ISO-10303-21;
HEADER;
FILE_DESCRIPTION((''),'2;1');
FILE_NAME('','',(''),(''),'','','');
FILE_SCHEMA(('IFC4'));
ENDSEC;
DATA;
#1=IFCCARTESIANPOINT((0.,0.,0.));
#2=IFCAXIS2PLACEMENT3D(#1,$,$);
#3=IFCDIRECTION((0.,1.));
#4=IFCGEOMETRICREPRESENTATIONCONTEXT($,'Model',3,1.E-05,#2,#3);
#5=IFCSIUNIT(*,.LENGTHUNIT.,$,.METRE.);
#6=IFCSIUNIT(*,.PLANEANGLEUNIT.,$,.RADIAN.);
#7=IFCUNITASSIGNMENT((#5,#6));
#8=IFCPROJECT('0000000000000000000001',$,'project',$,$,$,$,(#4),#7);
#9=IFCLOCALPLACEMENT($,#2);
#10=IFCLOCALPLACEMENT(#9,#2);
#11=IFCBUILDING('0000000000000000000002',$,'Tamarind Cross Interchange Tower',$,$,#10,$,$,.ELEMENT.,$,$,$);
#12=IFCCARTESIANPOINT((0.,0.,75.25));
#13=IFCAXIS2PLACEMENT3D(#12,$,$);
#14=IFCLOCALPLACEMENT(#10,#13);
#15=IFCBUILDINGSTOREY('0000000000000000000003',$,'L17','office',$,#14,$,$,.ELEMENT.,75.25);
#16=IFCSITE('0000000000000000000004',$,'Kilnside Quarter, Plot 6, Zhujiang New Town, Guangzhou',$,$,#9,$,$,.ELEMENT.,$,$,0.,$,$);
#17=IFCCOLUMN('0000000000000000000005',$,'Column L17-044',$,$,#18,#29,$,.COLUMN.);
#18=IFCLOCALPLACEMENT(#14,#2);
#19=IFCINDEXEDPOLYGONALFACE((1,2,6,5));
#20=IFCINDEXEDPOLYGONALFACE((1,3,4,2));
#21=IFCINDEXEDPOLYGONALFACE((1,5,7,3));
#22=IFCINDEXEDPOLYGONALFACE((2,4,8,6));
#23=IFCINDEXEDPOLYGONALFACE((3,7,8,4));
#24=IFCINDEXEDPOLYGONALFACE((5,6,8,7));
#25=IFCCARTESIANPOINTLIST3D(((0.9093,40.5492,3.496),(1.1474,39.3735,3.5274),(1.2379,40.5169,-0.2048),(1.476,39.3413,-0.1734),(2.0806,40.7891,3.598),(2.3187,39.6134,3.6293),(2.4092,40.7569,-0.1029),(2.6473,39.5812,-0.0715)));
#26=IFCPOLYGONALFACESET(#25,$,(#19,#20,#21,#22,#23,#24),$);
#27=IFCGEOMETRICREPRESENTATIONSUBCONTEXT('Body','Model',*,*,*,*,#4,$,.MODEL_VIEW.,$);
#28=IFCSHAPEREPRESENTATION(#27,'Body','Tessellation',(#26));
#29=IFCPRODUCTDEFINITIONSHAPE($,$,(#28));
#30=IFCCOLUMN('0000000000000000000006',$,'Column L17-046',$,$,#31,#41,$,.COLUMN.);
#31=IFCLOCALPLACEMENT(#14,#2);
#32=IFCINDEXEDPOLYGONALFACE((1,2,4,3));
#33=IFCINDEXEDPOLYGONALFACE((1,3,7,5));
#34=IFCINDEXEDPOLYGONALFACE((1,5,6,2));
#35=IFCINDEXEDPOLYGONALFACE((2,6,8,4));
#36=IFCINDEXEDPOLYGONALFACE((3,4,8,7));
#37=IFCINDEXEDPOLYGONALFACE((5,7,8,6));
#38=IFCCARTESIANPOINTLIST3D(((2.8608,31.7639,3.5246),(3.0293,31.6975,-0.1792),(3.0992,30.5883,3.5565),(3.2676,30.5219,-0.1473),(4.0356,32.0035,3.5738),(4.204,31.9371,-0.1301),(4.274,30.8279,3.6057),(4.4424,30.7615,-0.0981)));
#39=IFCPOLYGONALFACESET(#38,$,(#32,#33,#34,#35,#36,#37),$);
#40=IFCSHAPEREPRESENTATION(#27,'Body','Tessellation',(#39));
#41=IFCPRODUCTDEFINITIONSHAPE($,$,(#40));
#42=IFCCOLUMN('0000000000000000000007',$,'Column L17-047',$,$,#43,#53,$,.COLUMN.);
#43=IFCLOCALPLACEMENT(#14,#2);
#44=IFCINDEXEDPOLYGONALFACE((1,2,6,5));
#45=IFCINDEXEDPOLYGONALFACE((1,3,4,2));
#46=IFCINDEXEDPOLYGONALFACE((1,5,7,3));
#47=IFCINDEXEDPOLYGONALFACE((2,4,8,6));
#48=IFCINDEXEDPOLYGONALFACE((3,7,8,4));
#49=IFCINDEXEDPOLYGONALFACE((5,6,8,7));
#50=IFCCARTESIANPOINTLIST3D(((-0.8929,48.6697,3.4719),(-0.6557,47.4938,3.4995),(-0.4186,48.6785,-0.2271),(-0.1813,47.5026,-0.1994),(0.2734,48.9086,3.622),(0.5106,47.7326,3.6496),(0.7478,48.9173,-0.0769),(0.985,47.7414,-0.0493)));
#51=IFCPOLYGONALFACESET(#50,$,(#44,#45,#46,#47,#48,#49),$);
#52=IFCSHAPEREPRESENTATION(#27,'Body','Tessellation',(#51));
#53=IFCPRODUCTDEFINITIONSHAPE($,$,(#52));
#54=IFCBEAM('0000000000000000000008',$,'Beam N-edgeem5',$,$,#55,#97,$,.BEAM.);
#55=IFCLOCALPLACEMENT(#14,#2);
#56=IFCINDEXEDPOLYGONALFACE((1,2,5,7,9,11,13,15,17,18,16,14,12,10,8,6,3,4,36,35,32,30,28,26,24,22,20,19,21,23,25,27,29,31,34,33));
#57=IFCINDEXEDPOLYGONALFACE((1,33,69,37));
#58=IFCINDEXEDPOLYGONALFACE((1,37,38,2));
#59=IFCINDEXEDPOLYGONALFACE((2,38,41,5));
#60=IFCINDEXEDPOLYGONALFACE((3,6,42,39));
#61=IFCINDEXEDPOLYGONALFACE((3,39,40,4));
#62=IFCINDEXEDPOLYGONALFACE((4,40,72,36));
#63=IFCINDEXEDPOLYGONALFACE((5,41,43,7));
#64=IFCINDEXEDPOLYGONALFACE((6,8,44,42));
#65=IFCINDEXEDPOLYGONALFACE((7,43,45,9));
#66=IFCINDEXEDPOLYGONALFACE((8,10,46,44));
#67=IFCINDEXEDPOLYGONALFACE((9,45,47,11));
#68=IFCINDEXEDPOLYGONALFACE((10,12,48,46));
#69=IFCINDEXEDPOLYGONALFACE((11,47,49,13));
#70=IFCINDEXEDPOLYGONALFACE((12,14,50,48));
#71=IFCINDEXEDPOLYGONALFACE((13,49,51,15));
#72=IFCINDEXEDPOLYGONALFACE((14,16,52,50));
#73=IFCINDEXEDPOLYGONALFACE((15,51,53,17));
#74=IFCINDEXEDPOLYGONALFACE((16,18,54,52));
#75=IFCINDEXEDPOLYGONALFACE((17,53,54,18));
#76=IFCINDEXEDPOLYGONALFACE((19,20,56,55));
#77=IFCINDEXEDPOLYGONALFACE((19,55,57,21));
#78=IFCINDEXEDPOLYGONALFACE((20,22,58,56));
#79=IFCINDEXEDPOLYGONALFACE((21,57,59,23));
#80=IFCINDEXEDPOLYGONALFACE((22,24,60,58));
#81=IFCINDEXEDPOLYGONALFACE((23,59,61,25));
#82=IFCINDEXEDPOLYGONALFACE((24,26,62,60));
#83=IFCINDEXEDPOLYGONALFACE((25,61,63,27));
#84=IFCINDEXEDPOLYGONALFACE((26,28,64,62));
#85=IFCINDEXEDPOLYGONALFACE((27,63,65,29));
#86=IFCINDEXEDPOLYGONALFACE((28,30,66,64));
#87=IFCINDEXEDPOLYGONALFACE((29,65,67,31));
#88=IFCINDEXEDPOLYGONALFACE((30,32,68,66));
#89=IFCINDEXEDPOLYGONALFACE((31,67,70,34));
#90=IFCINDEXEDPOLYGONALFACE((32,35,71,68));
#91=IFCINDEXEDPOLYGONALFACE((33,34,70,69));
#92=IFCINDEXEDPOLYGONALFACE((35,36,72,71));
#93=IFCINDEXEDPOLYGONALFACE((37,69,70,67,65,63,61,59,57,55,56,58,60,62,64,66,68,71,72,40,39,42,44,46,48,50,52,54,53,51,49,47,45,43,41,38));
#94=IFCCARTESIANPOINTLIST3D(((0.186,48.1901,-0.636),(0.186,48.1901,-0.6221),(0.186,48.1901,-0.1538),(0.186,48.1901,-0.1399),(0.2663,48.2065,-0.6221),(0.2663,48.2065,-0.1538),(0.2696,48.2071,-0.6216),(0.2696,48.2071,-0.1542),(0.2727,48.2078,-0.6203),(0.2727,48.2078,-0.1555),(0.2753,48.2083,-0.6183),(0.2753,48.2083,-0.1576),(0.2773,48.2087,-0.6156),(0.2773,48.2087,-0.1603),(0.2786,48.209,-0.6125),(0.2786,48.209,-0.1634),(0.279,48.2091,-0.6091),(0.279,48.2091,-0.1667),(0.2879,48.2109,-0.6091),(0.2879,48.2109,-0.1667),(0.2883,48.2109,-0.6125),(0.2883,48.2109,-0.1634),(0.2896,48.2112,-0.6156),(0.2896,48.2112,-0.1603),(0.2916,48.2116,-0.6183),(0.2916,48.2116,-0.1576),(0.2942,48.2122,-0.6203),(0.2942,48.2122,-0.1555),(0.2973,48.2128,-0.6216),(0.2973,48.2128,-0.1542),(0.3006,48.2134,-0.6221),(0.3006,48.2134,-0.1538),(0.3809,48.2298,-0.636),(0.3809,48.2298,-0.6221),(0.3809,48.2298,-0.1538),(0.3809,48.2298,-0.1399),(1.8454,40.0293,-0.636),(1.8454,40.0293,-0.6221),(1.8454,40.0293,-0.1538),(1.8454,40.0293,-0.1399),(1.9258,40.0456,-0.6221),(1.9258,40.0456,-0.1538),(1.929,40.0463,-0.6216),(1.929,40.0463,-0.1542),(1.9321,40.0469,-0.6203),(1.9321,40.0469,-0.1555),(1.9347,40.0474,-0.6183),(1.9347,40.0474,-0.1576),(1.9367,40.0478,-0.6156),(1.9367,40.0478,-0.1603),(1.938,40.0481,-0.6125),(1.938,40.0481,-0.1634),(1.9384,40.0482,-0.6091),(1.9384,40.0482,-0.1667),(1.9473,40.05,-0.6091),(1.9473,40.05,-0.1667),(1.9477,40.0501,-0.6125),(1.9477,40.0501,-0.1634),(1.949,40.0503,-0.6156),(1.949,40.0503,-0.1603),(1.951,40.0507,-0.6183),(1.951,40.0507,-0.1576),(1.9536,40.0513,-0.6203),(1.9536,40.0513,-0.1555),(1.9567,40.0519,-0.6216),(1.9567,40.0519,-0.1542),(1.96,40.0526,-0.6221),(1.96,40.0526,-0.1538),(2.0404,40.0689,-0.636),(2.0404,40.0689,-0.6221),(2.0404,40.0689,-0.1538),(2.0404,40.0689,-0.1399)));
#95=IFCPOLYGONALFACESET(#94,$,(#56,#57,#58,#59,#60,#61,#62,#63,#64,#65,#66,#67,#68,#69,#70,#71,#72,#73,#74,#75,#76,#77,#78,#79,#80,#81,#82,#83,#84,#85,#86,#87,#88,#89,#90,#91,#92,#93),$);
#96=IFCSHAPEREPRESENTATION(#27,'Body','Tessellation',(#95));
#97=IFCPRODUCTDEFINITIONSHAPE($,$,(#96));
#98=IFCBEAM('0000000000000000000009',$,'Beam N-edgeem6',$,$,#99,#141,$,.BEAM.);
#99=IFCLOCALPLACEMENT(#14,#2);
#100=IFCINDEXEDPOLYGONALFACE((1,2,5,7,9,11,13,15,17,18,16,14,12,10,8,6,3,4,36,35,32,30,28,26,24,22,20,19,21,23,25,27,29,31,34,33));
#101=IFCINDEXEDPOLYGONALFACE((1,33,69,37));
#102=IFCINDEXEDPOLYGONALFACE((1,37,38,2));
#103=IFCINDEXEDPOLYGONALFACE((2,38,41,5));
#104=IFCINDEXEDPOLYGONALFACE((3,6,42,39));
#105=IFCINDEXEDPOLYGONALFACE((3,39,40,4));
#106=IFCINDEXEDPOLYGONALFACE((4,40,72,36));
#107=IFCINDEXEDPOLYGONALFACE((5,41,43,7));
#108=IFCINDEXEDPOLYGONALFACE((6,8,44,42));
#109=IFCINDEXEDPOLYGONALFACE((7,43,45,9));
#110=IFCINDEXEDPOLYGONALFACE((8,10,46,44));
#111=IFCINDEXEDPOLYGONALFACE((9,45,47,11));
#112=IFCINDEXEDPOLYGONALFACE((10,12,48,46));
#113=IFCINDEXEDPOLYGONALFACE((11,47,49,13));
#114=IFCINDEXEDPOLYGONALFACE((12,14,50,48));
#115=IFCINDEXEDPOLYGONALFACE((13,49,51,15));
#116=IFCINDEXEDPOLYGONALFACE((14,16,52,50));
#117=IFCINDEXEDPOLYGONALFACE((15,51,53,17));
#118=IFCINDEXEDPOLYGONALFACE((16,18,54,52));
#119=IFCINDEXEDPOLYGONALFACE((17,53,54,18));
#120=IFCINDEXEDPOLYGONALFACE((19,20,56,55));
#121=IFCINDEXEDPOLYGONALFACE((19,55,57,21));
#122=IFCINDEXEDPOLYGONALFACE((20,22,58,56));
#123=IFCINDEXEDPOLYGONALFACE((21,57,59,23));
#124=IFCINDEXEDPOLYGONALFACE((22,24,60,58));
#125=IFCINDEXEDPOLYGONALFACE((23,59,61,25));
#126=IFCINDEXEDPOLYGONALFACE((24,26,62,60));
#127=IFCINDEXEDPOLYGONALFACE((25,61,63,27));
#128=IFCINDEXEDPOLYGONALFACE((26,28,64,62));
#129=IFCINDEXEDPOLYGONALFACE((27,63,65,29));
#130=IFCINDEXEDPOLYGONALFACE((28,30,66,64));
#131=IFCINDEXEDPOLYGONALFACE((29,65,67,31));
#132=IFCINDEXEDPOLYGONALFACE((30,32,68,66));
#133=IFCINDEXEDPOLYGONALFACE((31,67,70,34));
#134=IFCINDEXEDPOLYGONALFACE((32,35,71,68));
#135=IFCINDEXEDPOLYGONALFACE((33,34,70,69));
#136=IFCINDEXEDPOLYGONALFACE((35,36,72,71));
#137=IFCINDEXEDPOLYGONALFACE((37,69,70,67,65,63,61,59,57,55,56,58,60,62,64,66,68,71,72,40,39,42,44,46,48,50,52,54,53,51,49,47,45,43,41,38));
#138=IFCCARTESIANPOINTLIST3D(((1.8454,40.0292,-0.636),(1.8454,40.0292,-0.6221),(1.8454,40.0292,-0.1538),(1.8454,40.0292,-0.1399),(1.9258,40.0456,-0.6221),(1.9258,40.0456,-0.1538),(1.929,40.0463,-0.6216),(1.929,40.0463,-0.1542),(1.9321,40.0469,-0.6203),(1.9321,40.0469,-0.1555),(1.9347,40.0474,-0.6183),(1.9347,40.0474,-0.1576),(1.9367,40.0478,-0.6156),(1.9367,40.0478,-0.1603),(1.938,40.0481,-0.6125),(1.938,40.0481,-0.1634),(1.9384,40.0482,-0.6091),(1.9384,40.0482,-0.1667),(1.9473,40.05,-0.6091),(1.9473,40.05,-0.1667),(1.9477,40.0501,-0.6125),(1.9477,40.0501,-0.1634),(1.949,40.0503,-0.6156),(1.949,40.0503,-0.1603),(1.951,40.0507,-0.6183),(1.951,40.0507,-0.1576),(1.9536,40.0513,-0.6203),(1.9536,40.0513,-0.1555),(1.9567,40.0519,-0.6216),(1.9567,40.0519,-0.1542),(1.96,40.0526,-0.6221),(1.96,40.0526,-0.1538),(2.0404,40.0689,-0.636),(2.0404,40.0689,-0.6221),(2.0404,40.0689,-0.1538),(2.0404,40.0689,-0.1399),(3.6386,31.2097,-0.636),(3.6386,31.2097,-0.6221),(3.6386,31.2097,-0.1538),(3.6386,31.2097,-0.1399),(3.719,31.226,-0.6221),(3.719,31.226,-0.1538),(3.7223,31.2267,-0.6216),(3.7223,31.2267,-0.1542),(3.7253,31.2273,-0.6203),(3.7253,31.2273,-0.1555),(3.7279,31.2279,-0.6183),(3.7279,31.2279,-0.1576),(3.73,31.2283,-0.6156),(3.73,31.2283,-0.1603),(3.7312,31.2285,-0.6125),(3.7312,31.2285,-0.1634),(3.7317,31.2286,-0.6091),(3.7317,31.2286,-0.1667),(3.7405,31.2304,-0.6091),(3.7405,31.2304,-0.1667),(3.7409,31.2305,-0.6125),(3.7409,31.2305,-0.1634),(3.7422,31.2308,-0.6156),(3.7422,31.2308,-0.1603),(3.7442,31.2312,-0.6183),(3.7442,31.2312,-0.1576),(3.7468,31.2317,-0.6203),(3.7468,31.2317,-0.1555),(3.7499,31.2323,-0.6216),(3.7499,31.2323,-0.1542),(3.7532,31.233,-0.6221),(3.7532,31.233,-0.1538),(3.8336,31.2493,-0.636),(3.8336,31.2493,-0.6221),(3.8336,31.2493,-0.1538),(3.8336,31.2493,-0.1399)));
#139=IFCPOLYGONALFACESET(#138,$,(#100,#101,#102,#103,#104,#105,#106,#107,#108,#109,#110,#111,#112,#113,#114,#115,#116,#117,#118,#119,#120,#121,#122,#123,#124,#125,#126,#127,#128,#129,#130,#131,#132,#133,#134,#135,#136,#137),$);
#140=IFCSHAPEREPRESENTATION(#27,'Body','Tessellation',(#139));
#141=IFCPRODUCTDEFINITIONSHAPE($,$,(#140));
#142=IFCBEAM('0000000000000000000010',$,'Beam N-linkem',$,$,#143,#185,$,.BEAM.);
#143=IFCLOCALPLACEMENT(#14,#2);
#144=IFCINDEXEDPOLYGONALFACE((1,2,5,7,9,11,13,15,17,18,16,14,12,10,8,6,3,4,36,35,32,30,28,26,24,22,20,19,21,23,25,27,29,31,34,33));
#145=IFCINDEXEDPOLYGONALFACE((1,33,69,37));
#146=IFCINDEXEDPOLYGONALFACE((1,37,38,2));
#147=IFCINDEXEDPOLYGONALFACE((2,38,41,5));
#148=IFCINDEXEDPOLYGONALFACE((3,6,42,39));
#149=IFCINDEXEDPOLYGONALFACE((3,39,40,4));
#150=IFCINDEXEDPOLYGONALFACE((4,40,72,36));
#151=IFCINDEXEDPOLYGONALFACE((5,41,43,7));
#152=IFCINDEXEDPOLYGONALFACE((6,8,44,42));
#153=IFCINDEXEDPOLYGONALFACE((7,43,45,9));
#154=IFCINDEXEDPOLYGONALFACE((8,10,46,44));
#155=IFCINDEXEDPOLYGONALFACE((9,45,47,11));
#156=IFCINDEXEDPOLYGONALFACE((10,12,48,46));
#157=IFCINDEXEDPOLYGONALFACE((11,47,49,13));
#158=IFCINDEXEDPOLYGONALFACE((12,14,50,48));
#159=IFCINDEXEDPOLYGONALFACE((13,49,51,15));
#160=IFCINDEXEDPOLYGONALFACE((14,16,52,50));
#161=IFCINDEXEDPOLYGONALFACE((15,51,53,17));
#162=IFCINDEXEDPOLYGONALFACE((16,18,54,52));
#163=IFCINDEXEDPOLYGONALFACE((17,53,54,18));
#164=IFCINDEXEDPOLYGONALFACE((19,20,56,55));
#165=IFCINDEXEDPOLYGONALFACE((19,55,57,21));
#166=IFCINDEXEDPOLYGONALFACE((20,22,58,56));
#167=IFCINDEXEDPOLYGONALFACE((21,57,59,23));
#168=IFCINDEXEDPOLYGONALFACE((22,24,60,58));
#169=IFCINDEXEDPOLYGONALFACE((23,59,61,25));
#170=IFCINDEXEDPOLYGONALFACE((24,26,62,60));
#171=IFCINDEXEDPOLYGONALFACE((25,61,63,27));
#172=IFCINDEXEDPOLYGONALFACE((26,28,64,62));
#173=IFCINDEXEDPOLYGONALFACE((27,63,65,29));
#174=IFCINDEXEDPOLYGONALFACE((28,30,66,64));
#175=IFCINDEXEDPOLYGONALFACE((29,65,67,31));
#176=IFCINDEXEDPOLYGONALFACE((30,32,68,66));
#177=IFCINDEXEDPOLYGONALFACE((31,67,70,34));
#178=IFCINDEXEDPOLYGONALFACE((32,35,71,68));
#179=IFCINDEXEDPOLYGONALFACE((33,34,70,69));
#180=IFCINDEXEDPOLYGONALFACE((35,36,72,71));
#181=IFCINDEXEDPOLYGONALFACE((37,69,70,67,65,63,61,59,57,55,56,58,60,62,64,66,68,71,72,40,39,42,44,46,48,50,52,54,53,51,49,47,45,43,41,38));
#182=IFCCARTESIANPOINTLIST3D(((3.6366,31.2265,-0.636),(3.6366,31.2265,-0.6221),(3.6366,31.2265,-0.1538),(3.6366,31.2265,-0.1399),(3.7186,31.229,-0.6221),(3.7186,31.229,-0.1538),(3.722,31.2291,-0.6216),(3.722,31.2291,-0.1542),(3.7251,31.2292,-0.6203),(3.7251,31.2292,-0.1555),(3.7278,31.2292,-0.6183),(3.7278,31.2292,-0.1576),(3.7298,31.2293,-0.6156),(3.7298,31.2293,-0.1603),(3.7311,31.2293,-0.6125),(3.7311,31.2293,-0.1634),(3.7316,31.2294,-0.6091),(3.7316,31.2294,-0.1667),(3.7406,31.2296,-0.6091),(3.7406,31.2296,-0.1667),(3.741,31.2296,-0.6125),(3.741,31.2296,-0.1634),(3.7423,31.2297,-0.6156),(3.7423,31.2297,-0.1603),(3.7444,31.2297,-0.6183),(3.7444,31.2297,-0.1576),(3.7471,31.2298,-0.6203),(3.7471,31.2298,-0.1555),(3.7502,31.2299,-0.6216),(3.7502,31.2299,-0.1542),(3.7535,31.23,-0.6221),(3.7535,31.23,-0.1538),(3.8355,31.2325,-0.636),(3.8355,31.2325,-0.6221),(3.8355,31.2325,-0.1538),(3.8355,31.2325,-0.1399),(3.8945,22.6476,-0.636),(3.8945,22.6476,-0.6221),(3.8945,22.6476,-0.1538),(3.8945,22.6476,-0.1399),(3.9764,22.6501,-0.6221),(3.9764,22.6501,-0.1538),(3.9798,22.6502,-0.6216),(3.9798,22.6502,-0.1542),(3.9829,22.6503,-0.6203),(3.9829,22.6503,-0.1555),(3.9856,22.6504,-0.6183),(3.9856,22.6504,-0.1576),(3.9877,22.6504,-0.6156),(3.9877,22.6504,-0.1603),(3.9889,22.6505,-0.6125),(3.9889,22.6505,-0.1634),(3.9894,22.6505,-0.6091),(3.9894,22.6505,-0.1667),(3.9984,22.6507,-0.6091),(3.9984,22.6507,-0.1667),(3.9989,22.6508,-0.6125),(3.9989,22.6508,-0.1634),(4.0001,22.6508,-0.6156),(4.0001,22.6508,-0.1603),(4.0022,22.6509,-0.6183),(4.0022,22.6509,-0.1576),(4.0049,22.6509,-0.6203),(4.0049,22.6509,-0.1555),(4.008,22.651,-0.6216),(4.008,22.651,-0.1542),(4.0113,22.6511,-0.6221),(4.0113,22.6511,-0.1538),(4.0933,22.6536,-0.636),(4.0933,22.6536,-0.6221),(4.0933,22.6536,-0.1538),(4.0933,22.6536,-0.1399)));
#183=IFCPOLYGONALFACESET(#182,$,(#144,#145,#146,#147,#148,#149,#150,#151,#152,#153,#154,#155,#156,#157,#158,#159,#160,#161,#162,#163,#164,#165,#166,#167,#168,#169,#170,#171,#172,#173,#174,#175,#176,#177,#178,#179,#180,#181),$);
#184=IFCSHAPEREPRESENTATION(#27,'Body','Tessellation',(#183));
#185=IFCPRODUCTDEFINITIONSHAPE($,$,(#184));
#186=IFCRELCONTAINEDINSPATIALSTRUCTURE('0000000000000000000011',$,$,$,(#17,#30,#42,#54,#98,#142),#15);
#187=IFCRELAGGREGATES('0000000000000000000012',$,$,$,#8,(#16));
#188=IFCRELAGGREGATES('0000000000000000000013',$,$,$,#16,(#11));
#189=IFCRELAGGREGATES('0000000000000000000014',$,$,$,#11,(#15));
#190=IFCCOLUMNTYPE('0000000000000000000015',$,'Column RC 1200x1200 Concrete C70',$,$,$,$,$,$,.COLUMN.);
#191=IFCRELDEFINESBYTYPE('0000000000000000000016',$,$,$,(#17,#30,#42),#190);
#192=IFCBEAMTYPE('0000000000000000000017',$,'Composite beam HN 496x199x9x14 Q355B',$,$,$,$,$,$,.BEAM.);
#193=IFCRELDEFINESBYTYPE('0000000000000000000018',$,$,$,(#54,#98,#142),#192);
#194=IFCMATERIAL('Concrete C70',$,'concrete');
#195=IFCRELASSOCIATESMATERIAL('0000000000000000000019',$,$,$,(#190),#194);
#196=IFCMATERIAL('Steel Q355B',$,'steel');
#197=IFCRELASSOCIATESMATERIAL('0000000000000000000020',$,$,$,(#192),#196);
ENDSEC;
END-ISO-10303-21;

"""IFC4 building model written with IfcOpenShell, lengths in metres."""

from ifc_helpers import new_model, si_unit, direction, frame, origin, origin_2d, place, context, subcontext, project, spatial, rectangle, i_section, extrude, material, material_profile, profile_set, type_object, element, save


model = new_model("IFC4")

# Units and contexts
model_context = context("Model", 3, precision=1e-05, world=origin(), true_north=direction((0.0, 1.0)))
body_context = subcontext(model_context, "Body", "Model", "MODEL_VIEW")
ifc_project = project(units=[si_unit("LENGTHUNIT", "METRE"), si_unit("PLANEANGLEUNIT", "RADIAN")], contexts=[model_context])

# Site, building, storey
site_placement = place(None, origin())
site = spatial("IfcSite", under=ifc_project, at=site_placement, Name="Kilnside Quarter, Plot 6, Zhujiang New Town, Guangzhou", CompositionType="ELEMENT", RefElevation=0.0)
building_placement = place(site_placement, origin())
building = spatial("IfcBuilding", under=site, at=building_placement, Name="Tamarind Cross Interchange Tower", CompositionType="ELEMENT")
storey_placement = place(building_placement, frame((0.0, 0.0, 75.25)))
storey = spatial("IfcBuildingStorey", under=building, at=storey_placement, Name="L17", Description="office", CompositionType="ELEMENT", Elevation=75.25)

# Columns
ifc_material_1 = material(Name="Concrete C70", Category="concrete")
ifc_material_profile_1 = material_profile(ifc_material_1, rectangle(XDim=1.2, YDim=1.2, at=origin_2d()), Name="RC 1200x1200")
ifc_profile_set_1 = profile_set([ifc_material_profile_1], Name="Concrete C70")
column_type = type_object("IfcColumnType", Name="Column RC 1200x1200 Concrete C70", PredefinedType="COLUMN", material=ifc_profile_set_1)
column_1_placement = place(storey_placement, frame((1.9426, 40.0491, -0.1382), z_axis=(-0.088441, 0.008673, 0.996044), x_axis=(0.198433, -0.979766, 0.026151)))
element("IfcColumn", 1, at=column_1_placement, inside=storey, type_object=column_type, Name="Column L17-044", PredefinedType="COLUMN", context=body_context, shape_type="SweptSolid", body=[
    extrude(rectangle(XDim=1.2, YDim=1.2, at=origin_2d()), origin(), (0.0, 0.0, 1.0), 3.7156),
])
column_2_placement = place(storey_placement, frame((3.7358, 31.2295, -0.1387), z_axis=(-0.045427, 0.017908, 0.998807), x_axis=(0.198653, -0.979709, 0.0266)))
element("IfcColumn", 2, at=column_2_placement, inside=storey, type_object=column_type, Name="Column L17-046", PredefinedType="COLUMN", context=body_context, shape_type="SweptSolid", body=[
    extrude(rectangle(XDim=1.2, YDim=1.2, at=origin_2d()), origin(), (0.0, 0.0, 1.0), 3.7083),
])
column_3_placement = place(storey_placement, frame((0.2832, 48.21, -0.1382), z_axis=(-0.1272, -0.002357, 0.991874), x_axis=(0.197698, -0.979993, 0.023025)))
element("IfcColumn", 3, at=column_3_placement, inside=storey, type_object=column_type, Name="Column L17-047", PredefinedType="COLUMN", context=body_context, shape_type="SweptSolid", body=[
    extrude(rectangle(XDim=1.2, YDim=1.2, at=origin_2d()), origin(), (0.0, 0.0, 1.0), 3.7292),
])

# Beams
ifc_material_2 = material(Name="Steel Q355B", Category="steel")
ifc_material_profile_2 = material_profile(ifc_material_2, i_section(OverallWidth=0.199, OverallDepth=0.4961, WebThickness=0.009, FlangeThickness=0.0139, FilletRadius=0.0129, at=origin_2d()), Name="HN 496x199x9x14")
ifc_profile_set_2 = profile_set([ifc_material_profile_2], Name="Steel Q355B")
beam_type_1 = type_object("IfcBeamType", Name="Composite beam HN 496x199x9x14 Q355B", PredefinedType="BEAM", material=ifc_profile_set_2)
beam_1_placement = place(storey_placement, frame((0.2834, 48.21, -0.3879), z_axis=(0.199261, -0.979946, 0.0), x_axis=(0.979946, 0.199261, 0.0)))
element("IfcBeam", 4, at=beam_1_placement, inside=storey, type_object=beam_type_1, Name="Beam N-edgeem5", PredefinedType="BEAM", context=body_context, shape_type="SweptSolid", body=[
    extrude(i_section(OverallWidth=0.199, OverallDepth=0.4961, WebThickness=0.009, FlangeThickness=0.0139, FilletRadius=0.0129, at=origin_2d()), origin(), (0.0, 0.0, 1.0), 8.3279),
])
beam_2_placement = place(storey_placement, frame((1.9429, 40.0491, -0.3879), z_axis=(0.199245, -0.97995, 0.0), x_axis=(0.97995, 0.199245, 0.0)))
element("IfcBeam", 5, at=beam_2_placement, inside=storey, type_object=beam_type_1, Name="Beam N-edgeem6", PredefinedType="BEAM", context=body_context, shape_type="SweptSolid", body=[
    extrude(i_section(OverallWidth=0.199, OverallDepth=0.4961, WebThickness=0.009, FlangeThickness=0.0139, FilletRadius=0.0129, at=origin_2d()), origin(), (0.0, 0.0, 1.0), 9.0),
])
beam_3_placement = place(storey_placement, frame((3.7361, 31.2295, -0.3879), z_axis=(0.030039, -0.999549, 0.0), x_axis=(0.999549, 0.030039, 0.0)))
element("IfcBeam", 6, at=beam_3_placement, inside=storey, type_object=beam_type_1, Name="Beam N-linkem", PredefinedType="BEAM", context=body_context, shape_type="SweptSolid", body=[
    extrude(i_section(OverallWidth=0.199, OverallDepth=0.4961, WebThickness=0.009, FlangeThickness=0.0139, FilletRadius=0.0129, at=origin_2d()), origin(), (0.0, 0.0, 1.0), 8.5828),
])

save(model, "model.ifc")
